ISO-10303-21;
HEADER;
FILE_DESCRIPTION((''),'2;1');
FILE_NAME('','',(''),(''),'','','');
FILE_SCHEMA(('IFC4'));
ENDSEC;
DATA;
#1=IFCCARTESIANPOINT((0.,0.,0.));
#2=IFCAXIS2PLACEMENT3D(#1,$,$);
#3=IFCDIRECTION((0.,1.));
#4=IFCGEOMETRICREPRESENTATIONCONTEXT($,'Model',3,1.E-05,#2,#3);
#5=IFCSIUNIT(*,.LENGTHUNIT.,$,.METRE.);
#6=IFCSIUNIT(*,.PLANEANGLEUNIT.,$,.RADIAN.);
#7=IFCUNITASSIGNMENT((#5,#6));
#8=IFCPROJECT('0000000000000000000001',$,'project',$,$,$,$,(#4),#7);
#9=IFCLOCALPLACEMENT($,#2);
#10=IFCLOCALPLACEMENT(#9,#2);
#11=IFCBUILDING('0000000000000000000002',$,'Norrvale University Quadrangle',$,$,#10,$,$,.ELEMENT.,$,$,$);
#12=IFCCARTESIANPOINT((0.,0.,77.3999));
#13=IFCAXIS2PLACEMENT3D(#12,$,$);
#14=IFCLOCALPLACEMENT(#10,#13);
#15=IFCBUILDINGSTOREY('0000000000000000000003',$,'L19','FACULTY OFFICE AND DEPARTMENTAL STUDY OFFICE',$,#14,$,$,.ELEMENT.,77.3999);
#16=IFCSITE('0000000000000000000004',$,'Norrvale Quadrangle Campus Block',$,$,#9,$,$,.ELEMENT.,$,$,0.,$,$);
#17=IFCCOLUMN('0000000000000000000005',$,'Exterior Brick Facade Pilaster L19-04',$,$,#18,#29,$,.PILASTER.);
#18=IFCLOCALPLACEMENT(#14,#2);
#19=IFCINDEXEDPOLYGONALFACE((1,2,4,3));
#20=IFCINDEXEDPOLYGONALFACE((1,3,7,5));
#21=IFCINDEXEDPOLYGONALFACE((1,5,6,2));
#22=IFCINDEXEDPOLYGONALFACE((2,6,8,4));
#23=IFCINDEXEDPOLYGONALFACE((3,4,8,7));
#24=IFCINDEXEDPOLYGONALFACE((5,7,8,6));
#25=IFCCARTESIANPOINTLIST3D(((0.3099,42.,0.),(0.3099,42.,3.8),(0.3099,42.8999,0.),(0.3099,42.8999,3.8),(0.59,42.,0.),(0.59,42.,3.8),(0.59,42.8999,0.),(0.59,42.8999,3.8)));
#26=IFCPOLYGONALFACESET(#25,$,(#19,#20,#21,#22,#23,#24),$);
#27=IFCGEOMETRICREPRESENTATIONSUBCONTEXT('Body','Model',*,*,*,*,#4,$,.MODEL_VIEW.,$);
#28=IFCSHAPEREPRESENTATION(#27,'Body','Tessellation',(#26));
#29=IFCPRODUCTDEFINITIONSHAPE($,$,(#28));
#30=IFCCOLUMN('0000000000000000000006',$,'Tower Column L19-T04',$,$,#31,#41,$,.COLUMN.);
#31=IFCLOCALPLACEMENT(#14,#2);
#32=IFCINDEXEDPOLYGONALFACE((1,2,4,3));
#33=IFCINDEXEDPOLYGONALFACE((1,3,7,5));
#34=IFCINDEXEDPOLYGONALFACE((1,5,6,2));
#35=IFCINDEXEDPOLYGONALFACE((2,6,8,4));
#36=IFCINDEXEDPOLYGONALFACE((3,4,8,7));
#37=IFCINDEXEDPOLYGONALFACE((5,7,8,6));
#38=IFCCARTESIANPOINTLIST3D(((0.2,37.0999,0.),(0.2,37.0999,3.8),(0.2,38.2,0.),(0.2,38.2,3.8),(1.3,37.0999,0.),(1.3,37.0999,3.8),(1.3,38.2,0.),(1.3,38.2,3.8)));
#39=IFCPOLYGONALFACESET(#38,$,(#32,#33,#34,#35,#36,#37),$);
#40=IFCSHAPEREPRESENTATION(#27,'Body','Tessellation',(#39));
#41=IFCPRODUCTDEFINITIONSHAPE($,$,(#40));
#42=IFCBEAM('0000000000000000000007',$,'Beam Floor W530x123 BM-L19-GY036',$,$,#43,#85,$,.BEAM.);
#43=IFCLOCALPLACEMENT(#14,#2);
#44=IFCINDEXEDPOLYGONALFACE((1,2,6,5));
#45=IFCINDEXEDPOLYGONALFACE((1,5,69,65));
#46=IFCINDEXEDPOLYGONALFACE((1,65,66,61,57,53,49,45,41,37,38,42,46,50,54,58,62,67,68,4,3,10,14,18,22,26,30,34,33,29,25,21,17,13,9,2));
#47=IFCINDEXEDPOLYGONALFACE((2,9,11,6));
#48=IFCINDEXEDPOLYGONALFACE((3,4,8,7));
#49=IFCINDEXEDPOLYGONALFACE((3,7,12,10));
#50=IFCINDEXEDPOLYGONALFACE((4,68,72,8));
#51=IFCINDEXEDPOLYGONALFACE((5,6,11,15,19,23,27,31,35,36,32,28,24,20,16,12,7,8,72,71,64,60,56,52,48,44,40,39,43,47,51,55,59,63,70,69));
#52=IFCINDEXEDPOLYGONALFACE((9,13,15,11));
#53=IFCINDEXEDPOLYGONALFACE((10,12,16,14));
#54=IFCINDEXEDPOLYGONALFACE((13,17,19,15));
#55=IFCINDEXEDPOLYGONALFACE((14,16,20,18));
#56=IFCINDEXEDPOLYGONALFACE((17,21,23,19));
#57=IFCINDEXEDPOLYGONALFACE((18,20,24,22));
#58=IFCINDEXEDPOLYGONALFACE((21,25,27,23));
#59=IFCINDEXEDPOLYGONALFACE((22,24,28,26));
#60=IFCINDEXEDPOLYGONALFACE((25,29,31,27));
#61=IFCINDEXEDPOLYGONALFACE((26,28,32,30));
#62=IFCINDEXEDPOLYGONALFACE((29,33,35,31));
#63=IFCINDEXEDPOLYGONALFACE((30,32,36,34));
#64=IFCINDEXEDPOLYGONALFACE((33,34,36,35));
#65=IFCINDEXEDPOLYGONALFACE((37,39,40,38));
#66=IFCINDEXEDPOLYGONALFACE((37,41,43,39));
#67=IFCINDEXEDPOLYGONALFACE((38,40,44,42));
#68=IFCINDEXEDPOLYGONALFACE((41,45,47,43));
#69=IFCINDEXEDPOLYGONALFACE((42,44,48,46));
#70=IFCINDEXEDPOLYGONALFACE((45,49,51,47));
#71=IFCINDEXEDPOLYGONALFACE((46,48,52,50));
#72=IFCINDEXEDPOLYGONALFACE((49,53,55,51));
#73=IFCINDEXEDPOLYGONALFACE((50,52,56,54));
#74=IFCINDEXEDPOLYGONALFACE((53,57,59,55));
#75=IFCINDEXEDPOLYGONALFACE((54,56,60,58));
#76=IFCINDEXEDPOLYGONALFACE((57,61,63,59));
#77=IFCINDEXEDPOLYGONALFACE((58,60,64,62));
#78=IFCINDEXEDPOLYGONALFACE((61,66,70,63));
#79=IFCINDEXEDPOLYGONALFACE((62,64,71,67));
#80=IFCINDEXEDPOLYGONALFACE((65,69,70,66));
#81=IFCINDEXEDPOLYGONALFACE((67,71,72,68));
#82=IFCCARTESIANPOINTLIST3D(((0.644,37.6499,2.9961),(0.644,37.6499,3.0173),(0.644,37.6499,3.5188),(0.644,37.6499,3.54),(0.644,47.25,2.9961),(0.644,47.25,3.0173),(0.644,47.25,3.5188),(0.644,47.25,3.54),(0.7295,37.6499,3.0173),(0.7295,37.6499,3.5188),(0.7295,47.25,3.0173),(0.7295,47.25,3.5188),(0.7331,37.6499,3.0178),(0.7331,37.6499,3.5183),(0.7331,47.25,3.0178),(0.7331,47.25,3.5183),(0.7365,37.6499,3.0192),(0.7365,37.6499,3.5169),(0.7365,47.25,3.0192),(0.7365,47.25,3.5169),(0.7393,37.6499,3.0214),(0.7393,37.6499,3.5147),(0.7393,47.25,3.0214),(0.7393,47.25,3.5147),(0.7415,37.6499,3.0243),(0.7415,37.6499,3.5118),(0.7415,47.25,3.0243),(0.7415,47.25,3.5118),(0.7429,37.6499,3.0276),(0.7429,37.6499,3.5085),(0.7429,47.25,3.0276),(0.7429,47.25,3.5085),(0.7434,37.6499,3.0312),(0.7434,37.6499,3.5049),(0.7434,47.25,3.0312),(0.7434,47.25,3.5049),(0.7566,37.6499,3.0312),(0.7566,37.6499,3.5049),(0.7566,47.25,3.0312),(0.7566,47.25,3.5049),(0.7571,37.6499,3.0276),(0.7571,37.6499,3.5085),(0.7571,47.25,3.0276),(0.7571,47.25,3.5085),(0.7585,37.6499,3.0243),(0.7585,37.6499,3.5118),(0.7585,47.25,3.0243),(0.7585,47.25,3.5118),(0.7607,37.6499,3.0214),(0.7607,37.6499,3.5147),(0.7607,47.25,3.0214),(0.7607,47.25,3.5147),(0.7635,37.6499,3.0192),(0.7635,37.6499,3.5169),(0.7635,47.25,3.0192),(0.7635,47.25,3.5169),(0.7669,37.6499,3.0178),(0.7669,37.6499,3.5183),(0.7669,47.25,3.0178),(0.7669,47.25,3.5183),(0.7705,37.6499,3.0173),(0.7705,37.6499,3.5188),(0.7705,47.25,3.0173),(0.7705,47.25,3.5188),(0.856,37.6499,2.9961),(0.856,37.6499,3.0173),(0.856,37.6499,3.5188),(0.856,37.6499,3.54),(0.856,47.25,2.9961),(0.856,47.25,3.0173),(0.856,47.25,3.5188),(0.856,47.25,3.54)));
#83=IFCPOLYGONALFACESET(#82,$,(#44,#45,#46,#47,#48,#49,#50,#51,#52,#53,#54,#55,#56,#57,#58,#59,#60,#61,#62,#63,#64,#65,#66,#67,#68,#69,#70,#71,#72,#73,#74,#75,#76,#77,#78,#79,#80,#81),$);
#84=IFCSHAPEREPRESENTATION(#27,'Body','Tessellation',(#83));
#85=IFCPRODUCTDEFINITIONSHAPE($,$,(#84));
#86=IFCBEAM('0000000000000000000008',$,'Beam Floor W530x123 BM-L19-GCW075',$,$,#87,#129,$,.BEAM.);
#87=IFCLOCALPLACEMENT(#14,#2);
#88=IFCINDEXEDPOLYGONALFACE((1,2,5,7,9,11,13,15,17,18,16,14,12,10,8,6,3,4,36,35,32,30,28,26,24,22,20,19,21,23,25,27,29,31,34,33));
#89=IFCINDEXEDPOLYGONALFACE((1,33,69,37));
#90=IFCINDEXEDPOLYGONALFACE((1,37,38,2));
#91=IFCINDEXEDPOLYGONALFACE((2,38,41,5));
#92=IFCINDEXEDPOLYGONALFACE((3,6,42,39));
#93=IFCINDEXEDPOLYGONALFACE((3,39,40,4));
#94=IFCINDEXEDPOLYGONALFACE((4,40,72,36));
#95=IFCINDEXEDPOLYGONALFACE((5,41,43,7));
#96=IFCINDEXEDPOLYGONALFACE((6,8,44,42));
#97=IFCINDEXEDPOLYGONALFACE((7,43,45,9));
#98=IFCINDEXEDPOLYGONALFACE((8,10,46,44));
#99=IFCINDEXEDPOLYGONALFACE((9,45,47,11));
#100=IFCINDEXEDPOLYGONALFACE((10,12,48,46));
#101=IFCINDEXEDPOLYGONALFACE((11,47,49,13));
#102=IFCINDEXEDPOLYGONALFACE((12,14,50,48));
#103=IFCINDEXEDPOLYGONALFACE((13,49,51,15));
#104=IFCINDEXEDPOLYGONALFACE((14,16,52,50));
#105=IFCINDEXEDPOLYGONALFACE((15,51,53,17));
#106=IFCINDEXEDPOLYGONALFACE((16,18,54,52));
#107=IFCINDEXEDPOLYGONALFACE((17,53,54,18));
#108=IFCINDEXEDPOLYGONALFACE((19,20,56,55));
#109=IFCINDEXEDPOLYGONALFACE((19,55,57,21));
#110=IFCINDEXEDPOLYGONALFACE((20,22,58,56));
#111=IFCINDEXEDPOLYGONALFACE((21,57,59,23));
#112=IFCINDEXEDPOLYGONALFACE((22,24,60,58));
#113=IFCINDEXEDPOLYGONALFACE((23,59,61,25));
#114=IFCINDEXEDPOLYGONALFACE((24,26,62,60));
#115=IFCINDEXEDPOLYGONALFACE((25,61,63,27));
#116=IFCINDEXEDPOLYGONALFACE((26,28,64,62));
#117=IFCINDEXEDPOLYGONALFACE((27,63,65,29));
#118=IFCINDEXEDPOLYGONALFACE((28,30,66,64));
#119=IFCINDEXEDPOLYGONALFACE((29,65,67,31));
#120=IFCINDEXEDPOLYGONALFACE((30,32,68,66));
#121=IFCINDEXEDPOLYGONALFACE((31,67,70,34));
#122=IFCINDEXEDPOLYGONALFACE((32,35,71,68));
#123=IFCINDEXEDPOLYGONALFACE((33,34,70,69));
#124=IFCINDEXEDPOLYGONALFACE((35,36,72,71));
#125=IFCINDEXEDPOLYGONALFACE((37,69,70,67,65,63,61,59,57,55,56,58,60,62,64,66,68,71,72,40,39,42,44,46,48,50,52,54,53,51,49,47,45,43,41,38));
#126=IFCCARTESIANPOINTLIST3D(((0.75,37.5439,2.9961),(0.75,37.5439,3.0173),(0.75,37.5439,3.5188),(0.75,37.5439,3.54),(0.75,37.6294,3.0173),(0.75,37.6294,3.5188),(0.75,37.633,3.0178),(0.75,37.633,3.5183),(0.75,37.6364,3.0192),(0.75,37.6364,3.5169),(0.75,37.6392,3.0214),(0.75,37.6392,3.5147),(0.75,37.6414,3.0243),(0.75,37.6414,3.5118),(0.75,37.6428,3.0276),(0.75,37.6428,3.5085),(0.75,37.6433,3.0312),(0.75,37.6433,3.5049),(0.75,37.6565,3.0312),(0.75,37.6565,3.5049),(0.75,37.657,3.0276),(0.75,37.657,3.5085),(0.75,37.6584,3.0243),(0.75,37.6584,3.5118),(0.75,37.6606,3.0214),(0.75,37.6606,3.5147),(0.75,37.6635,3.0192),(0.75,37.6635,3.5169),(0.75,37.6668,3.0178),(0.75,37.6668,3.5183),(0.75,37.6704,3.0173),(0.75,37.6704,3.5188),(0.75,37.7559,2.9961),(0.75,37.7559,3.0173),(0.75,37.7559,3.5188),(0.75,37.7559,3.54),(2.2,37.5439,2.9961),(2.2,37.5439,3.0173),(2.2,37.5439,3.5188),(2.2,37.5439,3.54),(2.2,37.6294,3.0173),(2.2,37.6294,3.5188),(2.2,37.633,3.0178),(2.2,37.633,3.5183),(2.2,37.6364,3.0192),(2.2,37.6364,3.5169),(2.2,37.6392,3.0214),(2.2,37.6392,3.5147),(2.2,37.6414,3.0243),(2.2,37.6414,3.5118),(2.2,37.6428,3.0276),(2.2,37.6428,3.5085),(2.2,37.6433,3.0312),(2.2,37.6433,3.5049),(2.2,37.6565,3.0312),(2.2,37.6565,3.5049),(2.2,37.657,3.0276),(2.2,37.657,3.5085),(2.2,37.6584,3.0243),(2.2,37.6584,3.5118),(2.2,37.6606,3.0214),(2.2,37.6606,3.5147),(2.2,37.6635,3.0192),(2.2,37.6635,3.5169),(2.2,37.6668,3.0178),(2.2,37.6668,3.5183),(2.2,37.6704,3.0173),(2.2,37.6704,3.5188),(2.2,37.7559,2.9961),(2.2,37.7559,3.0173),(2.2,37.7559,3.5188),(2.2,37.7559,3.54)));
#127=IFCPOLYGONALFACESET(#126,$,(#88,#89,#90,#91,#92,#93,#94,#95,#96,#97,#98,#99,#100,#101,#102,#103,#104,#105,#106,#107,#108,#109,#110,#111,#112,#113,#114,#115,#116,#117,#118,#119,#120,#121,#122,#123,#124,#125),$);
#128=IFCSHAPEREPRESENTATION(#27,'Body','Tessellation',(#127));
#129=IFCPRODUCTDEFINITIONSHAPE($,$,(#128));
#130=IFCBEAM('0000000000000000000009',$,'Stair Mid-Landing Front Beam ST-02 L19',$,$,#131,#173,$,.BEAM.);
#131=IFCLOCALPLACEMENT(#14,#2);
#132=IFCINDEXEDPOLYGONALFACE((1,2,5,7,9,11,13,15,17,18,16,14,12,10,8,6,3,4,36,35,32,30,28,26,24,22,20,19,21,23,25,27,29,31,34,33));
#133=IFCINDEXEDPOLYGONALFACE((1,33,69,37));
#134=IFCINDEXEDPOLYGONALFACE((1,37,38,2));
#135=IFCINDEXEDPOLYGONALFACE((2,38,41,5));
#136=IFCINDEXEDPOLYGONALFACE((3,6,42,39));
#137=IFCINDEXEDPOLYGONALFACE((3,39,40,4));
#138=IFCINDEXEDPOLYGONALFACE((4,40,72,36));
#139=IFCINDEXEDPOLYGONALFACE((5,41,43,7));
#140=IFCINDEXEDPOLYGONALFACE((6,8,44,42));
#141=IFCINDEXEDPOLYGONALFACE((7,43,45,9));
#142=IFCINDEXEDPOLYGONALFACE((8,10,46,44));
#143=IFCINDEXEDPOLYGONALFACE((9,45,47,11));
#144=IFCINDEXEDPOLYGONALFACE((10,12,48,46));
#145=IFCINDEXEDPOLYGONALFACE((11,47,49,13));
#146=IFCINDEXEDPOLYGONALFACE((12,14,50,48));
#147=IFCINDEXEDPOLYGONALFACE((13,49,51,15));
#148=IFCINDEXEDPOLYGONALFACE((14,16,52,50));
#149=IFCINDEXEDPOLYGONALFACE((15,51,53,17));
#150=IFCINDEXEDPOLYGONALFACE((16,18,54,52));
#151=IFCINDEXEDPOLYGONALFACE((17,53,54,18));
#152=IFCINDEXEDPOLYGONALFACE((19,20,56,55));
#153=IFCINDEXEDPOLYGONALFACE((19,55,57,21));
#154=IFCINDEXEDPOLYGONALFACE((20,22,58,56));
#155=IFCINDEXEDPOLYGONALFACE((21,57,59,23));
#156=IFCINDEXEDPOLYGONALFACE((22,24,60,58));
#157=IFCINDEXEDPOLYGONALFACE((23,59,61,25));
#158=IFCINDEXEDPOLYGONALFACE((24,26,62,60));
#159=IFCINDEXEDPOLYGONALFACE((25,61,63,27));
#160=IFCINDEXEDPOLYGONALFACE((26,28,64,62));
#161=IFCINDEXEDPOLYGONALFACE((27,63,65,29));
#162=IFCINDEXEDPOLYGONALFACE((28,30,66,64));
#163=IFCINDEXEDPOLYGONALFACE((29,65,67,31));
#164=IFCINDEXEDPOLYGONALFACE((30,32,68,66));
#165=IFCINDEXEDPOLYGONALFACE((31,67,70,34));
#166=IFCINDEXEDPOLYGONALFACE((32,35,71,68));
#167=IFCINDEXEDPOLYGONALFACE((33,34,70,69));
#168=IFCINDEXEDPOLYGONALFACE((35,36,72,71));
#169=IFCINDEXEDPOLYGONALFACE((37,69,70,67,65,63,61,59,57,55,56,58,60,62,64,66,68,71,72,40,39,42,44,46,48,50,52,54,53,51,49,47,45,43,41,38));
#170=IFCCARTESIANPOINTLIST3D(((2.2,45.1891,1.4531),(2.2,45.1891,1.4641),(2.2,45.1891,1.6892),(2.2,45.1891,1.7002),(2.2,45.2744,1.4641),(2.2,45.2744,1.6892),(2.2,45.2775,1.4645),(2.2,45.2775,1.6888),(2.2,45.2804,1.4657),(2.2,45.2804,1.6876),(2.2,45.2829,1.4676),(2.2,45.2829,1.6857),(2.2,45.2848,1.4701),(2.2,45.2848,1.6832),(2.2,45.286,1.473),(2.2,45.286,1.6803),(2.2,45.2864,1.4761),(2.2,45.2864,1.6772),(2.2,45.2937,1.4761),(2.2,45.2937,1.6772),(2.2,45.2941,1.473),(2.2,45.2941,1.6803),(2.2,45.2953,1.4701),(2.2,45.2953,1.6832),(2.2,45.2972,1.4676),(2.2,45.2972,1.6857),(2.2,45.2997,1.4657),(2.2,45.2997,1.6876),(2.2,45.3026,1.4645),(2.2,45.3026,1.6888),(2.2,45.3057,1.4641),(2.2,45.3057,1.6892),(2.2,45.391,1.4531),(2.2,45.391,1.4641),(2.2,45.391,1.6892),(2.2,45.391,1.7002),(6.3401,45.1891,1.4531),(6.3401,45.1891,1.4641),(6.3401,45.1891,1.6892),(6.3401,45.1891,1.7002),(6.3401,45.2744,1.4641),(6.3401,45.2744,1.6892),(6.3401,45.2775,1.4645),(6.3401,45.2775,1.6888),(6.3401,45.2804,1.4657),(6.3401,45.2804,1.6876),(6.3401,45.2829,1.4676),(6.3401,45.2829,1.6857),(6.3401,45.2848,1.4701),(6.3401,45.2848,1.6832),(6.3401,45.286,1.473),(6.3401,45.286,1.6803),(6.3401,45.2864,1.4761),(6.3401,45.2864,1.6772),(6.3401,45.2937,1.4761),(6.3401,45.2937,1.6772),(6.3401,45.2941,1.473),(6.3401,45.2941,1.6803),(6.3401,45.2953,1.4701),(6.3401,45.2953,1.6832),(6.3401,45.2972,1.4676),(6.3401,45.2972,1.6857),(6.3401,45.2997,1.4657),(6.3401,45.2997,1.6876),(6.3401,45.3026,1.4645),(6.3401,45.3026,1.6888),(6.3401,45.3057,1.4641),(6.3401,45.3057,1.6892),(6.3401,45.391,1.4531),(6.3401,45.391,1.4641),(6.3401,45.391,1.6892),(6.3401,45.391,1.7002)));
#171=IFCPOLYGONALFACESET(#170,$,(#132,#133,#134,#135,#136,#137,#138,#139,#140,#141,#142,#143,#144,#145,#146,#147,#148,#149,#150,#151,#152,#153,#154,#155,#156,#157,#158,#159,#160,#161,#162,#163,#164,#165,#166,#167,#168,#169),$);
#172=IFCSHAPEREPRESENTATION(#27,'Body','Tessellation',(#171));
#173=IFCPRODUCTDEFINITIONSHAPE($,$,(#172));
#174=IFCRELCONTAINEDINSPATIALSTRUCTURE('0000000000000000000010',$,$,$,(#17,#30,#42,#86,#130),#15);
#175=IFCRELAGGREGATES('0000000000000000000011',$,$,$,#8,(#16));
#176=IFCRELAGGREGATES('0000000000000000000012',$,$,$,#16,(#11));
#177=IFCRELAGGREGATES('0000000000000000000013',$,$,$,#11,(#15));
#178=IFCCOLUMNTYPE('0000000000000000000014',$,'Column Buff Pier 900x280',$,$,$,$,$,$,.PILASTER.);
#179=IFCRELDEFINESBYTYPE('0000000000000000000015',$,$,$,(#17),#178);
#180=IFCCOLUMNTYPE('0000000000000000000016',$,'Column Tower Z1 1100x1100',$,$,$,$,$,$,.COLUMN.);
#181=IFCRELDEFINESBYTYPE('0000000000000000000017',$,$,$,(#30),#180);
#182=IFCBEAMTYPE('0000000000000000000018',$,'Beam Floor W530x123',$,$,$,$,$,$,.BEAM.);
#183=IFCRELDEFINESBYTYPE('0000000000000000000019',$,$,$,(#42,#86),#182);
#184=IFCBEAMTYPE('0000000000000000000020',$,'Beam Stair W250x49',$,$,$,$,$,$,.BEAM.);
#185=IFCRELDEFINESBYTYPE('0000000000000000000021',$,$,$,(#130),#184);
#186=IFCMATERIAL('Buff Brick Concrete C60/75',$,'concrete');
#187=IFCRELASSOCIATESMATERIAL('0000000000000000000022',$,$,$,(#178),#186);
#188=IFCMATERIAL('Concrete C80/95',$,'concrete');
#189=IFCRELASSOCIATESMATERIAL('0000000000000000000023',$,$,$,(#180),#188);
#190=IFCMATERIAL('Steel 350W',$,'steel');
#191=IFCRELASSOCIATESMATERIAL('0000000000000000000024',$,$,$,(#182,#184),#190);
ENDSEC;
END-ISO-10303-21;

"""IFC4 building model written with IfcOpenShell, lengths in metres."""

from ifc_helpers import new_model, si_unit, direction, frame, origin, origin_2d, place, context, subcontext, project, spatial, rectangle, i_section, extrude, material, material_profile, profile_set, type_object, element, save


model = new_model("IFC4")

# Units and contexts
model_context = context("Model", 3, precision=1e-05, world=origin(), true_north=direction((0.0, 1.0)))
body_context = subcontext(model_context, "Body", "Model", "MODEL_VIEW")
ifc_project = project(units=[si_unit("LENGTHUNIT", "METRE"), si_unit("PLANEANGLEUNIT", "RADIAN")], contexts=[model_context])

# Site, building, storey
site_placement = place(None, origin())
site = spatial("IfcSite", under=ifc_project, at=site_placement, Name="Norrvale Quadrangle Campus Block", CompositionType="ELEMENT", RefElevation=0.0)
building_placement = place(site_placement, origin())
building = spatial("IfcBuilding", under=site, at=building_placement, Name="Norrvale University Quadrangle", CompositionType="ELEMENT")
storey_placement = place(building_placement, frame((0.0, 0.0, 77.3999)))
storey = spatial("IfcBuildingStorey", under=building, at=storey_placement, Name="L19", Description="FACULTY OFFICE AND DEPARTMENTAL STUDY OFFICE", CompositionType="ELEMENT", Elevation=77.3999)

# Columns
ifc_material_1 = material(Name="Buff Brick Concrete C60/75", Category="concrete")
ifc_material_profile_1 = material_profile(ifc_material_1, rectangle(XDim=0.8999, YDim=0.28, at=origin_2d()), Name="Buff Brick Concrete C60/75")
ifc_profile_set_1 = profile_set([ifc_material_profile_1], Name="Buff Brick Concrete C60/75")
column_type_1 = type_object("IfcColumnType", Name="Column Buff Pier 900x280", PredefinedType="PILASTER", material=ifc_profile_set_1)
column_1_placement = place(storey_placement, frame((0.45, 42.45, 0.0), z_axis=(0.0, 0.0, 1.0), x_axis=(0.0, 1.0, 0.0)))
element("IfcColumn", 1, at=column_1_placement, inside=storey, type_object=column_type_1, Name="Exterior Brick Facade Pilaster L19-04", PredefinedType="PILASTER", context=body_context, shape_type="SweptSolid", body=[
    extrude(rectangle(XDim=0.8999, YDim=0.28, at=origin_2d()), origin(), (0.0, 0.0, 1.0), 3.8),
])
ifc_material_2 = material(Name="Concrete C80/95", Category="concrete")
ifc_material_profile_2 = material_profile(ifc_material_2, rectangle(XDim=1.1001, YDim=1.1001, at=origin_2d()), Name="Concrete C80/95")
ifc_profile_set_2 = profile_set([ifc_material_profile_2], Name="Concrete C80/95")
column_type_2 = type_object("IfcColumnType", Name="Column Tower Z1 1100x1100", PredefinedType="COLUMN", material=ifc_profile_set_2)
column_2_placement = place(storey_placement, frame((0.75, 37.6499, 0.0), z_axis=(0.0, 0.0, 1.0), x_axis=(1.0, 0.0, 0.0)))
element("IfcColumn", 2, at=column_2_placement, inside=storey, type_object=column_type_2, Name="Tower Column L19-T04", PredefinedType="COLUMN", context=body_context, shape_type="SweptSolid", body=[
    extrude(rectangle(XDim=1.1001, YDim=1.1001, at=origin_2d()), origin(), (0.0, 0.0, 1.0), 3.8),
])

# Beams
ifc_material_3 = material(Name="Steel 350W", Category="steel")
ifc_material_profile_3 = material_profile(ifc_material_3, i_section(OverallWidth=0.2119, OverallDepth=0.5439, WebThickness=0.0132, FlangeThickness=0.0212, FilletRadius=0.0139, at=origin_2d()), Name="Steel 350W")
ifc_profile_set_3 = profile_set([ifc_material_profile_3], Name="Steel 350W")
beam_type_1 = type_object("IfcBeamType", Name="Beam Floor W530x123", PredefinedType="BEAM", material=ifc_profile_set_3)
beam_1_placement = place(storey_placement, frame((0.75, 37.6499, 3.2681), z_axis=(0.0, 1.0, 0.0), x_axis=(-1.0, 0.0, 0.0)))
element("IfcBeam", 3, at=beam_1_placement, inside=storey, type_object=beam_type_1, Name="Beam Floor W530x123 BM-L19-GY036", PredefinedType="BEAM", context=body_context, shape_type="SweptSolid", body=[
    extrude(i_section(OverallWidth=0.2119, OverallDepth=0.5439, WebThickness=0.0132, FlangeThickness=0.0212, FilletRadius=0.0139, at=origin_2d()), origin(), (0.0, 0.0, 1.0), 9.6001),
])
beam_2_placement = place(storey_placement, frame((0.75, 37.6499, 3.2681), z_axis=(1.0, 0.0, 0.0), x_axis=(0.0, 1.0, 0.0)))
element("IfcBeam", 4, at=beam_2_placement, inside=storey, type_object=beam_type_1, Name="Beam Floor W530x123 BM-L19-GCW075", PredefinedType="BEAM", context=body_context, shape_type="SweptSolid", body=[
    extrude(i_section(OverallWidth=0.2119, OverallDepth=0.5439, WebThickness=0.0132, FlangeThickness=0.0212, FilletRadius=0.0139, at=origin_2d()), origin(), (0.0, 0.0, 1.0), 1.45),
])
ifc_material_profile_4 = material_profile(ifc_material_3, i_section(OverallWidth=0.2019, OverallDepth=0.2471, WebThickness=0.0073, FlangeThickness=0.011, FilletRadius=0.012, at=origin_2d()), Name="Steel 350W")
ifc_profile_set_4 = profile_set([ifc_material_profile_4], Name="Steel 350W")
beam_type_2 = type_object("IfcBeamType", Name="Beam Stair W250x49", PredefinedType="BEAM", material=ifc_profile_set_4)
beam_3_placement = place(storey_placement, frame((2.2, 45.29, 1.5767), z_axis=(1.0, 0.0, 0.0), x_axis=(0.0, 1.0, 0.0)))
element("IfcBeam", 5, at=beam_3_placement, inside=storey, type_object=beam_type_2, Name="Stair Mid-Landing Front Beam ST-02 L19", PredefinedType="BEAM", context=body_context, shape_type="SweptSolid", body=[
    extrude(i_section(OverallWidth=0.2019, OverallDepth=0.2471, WebThickness=0.0073, FlangeThickness=0.011, FilletRadius=0.012, at=origin_2d()), origin(), (0.0, 0.0, 1.0), 4.1401),
])

save(model, "model.ifc")
